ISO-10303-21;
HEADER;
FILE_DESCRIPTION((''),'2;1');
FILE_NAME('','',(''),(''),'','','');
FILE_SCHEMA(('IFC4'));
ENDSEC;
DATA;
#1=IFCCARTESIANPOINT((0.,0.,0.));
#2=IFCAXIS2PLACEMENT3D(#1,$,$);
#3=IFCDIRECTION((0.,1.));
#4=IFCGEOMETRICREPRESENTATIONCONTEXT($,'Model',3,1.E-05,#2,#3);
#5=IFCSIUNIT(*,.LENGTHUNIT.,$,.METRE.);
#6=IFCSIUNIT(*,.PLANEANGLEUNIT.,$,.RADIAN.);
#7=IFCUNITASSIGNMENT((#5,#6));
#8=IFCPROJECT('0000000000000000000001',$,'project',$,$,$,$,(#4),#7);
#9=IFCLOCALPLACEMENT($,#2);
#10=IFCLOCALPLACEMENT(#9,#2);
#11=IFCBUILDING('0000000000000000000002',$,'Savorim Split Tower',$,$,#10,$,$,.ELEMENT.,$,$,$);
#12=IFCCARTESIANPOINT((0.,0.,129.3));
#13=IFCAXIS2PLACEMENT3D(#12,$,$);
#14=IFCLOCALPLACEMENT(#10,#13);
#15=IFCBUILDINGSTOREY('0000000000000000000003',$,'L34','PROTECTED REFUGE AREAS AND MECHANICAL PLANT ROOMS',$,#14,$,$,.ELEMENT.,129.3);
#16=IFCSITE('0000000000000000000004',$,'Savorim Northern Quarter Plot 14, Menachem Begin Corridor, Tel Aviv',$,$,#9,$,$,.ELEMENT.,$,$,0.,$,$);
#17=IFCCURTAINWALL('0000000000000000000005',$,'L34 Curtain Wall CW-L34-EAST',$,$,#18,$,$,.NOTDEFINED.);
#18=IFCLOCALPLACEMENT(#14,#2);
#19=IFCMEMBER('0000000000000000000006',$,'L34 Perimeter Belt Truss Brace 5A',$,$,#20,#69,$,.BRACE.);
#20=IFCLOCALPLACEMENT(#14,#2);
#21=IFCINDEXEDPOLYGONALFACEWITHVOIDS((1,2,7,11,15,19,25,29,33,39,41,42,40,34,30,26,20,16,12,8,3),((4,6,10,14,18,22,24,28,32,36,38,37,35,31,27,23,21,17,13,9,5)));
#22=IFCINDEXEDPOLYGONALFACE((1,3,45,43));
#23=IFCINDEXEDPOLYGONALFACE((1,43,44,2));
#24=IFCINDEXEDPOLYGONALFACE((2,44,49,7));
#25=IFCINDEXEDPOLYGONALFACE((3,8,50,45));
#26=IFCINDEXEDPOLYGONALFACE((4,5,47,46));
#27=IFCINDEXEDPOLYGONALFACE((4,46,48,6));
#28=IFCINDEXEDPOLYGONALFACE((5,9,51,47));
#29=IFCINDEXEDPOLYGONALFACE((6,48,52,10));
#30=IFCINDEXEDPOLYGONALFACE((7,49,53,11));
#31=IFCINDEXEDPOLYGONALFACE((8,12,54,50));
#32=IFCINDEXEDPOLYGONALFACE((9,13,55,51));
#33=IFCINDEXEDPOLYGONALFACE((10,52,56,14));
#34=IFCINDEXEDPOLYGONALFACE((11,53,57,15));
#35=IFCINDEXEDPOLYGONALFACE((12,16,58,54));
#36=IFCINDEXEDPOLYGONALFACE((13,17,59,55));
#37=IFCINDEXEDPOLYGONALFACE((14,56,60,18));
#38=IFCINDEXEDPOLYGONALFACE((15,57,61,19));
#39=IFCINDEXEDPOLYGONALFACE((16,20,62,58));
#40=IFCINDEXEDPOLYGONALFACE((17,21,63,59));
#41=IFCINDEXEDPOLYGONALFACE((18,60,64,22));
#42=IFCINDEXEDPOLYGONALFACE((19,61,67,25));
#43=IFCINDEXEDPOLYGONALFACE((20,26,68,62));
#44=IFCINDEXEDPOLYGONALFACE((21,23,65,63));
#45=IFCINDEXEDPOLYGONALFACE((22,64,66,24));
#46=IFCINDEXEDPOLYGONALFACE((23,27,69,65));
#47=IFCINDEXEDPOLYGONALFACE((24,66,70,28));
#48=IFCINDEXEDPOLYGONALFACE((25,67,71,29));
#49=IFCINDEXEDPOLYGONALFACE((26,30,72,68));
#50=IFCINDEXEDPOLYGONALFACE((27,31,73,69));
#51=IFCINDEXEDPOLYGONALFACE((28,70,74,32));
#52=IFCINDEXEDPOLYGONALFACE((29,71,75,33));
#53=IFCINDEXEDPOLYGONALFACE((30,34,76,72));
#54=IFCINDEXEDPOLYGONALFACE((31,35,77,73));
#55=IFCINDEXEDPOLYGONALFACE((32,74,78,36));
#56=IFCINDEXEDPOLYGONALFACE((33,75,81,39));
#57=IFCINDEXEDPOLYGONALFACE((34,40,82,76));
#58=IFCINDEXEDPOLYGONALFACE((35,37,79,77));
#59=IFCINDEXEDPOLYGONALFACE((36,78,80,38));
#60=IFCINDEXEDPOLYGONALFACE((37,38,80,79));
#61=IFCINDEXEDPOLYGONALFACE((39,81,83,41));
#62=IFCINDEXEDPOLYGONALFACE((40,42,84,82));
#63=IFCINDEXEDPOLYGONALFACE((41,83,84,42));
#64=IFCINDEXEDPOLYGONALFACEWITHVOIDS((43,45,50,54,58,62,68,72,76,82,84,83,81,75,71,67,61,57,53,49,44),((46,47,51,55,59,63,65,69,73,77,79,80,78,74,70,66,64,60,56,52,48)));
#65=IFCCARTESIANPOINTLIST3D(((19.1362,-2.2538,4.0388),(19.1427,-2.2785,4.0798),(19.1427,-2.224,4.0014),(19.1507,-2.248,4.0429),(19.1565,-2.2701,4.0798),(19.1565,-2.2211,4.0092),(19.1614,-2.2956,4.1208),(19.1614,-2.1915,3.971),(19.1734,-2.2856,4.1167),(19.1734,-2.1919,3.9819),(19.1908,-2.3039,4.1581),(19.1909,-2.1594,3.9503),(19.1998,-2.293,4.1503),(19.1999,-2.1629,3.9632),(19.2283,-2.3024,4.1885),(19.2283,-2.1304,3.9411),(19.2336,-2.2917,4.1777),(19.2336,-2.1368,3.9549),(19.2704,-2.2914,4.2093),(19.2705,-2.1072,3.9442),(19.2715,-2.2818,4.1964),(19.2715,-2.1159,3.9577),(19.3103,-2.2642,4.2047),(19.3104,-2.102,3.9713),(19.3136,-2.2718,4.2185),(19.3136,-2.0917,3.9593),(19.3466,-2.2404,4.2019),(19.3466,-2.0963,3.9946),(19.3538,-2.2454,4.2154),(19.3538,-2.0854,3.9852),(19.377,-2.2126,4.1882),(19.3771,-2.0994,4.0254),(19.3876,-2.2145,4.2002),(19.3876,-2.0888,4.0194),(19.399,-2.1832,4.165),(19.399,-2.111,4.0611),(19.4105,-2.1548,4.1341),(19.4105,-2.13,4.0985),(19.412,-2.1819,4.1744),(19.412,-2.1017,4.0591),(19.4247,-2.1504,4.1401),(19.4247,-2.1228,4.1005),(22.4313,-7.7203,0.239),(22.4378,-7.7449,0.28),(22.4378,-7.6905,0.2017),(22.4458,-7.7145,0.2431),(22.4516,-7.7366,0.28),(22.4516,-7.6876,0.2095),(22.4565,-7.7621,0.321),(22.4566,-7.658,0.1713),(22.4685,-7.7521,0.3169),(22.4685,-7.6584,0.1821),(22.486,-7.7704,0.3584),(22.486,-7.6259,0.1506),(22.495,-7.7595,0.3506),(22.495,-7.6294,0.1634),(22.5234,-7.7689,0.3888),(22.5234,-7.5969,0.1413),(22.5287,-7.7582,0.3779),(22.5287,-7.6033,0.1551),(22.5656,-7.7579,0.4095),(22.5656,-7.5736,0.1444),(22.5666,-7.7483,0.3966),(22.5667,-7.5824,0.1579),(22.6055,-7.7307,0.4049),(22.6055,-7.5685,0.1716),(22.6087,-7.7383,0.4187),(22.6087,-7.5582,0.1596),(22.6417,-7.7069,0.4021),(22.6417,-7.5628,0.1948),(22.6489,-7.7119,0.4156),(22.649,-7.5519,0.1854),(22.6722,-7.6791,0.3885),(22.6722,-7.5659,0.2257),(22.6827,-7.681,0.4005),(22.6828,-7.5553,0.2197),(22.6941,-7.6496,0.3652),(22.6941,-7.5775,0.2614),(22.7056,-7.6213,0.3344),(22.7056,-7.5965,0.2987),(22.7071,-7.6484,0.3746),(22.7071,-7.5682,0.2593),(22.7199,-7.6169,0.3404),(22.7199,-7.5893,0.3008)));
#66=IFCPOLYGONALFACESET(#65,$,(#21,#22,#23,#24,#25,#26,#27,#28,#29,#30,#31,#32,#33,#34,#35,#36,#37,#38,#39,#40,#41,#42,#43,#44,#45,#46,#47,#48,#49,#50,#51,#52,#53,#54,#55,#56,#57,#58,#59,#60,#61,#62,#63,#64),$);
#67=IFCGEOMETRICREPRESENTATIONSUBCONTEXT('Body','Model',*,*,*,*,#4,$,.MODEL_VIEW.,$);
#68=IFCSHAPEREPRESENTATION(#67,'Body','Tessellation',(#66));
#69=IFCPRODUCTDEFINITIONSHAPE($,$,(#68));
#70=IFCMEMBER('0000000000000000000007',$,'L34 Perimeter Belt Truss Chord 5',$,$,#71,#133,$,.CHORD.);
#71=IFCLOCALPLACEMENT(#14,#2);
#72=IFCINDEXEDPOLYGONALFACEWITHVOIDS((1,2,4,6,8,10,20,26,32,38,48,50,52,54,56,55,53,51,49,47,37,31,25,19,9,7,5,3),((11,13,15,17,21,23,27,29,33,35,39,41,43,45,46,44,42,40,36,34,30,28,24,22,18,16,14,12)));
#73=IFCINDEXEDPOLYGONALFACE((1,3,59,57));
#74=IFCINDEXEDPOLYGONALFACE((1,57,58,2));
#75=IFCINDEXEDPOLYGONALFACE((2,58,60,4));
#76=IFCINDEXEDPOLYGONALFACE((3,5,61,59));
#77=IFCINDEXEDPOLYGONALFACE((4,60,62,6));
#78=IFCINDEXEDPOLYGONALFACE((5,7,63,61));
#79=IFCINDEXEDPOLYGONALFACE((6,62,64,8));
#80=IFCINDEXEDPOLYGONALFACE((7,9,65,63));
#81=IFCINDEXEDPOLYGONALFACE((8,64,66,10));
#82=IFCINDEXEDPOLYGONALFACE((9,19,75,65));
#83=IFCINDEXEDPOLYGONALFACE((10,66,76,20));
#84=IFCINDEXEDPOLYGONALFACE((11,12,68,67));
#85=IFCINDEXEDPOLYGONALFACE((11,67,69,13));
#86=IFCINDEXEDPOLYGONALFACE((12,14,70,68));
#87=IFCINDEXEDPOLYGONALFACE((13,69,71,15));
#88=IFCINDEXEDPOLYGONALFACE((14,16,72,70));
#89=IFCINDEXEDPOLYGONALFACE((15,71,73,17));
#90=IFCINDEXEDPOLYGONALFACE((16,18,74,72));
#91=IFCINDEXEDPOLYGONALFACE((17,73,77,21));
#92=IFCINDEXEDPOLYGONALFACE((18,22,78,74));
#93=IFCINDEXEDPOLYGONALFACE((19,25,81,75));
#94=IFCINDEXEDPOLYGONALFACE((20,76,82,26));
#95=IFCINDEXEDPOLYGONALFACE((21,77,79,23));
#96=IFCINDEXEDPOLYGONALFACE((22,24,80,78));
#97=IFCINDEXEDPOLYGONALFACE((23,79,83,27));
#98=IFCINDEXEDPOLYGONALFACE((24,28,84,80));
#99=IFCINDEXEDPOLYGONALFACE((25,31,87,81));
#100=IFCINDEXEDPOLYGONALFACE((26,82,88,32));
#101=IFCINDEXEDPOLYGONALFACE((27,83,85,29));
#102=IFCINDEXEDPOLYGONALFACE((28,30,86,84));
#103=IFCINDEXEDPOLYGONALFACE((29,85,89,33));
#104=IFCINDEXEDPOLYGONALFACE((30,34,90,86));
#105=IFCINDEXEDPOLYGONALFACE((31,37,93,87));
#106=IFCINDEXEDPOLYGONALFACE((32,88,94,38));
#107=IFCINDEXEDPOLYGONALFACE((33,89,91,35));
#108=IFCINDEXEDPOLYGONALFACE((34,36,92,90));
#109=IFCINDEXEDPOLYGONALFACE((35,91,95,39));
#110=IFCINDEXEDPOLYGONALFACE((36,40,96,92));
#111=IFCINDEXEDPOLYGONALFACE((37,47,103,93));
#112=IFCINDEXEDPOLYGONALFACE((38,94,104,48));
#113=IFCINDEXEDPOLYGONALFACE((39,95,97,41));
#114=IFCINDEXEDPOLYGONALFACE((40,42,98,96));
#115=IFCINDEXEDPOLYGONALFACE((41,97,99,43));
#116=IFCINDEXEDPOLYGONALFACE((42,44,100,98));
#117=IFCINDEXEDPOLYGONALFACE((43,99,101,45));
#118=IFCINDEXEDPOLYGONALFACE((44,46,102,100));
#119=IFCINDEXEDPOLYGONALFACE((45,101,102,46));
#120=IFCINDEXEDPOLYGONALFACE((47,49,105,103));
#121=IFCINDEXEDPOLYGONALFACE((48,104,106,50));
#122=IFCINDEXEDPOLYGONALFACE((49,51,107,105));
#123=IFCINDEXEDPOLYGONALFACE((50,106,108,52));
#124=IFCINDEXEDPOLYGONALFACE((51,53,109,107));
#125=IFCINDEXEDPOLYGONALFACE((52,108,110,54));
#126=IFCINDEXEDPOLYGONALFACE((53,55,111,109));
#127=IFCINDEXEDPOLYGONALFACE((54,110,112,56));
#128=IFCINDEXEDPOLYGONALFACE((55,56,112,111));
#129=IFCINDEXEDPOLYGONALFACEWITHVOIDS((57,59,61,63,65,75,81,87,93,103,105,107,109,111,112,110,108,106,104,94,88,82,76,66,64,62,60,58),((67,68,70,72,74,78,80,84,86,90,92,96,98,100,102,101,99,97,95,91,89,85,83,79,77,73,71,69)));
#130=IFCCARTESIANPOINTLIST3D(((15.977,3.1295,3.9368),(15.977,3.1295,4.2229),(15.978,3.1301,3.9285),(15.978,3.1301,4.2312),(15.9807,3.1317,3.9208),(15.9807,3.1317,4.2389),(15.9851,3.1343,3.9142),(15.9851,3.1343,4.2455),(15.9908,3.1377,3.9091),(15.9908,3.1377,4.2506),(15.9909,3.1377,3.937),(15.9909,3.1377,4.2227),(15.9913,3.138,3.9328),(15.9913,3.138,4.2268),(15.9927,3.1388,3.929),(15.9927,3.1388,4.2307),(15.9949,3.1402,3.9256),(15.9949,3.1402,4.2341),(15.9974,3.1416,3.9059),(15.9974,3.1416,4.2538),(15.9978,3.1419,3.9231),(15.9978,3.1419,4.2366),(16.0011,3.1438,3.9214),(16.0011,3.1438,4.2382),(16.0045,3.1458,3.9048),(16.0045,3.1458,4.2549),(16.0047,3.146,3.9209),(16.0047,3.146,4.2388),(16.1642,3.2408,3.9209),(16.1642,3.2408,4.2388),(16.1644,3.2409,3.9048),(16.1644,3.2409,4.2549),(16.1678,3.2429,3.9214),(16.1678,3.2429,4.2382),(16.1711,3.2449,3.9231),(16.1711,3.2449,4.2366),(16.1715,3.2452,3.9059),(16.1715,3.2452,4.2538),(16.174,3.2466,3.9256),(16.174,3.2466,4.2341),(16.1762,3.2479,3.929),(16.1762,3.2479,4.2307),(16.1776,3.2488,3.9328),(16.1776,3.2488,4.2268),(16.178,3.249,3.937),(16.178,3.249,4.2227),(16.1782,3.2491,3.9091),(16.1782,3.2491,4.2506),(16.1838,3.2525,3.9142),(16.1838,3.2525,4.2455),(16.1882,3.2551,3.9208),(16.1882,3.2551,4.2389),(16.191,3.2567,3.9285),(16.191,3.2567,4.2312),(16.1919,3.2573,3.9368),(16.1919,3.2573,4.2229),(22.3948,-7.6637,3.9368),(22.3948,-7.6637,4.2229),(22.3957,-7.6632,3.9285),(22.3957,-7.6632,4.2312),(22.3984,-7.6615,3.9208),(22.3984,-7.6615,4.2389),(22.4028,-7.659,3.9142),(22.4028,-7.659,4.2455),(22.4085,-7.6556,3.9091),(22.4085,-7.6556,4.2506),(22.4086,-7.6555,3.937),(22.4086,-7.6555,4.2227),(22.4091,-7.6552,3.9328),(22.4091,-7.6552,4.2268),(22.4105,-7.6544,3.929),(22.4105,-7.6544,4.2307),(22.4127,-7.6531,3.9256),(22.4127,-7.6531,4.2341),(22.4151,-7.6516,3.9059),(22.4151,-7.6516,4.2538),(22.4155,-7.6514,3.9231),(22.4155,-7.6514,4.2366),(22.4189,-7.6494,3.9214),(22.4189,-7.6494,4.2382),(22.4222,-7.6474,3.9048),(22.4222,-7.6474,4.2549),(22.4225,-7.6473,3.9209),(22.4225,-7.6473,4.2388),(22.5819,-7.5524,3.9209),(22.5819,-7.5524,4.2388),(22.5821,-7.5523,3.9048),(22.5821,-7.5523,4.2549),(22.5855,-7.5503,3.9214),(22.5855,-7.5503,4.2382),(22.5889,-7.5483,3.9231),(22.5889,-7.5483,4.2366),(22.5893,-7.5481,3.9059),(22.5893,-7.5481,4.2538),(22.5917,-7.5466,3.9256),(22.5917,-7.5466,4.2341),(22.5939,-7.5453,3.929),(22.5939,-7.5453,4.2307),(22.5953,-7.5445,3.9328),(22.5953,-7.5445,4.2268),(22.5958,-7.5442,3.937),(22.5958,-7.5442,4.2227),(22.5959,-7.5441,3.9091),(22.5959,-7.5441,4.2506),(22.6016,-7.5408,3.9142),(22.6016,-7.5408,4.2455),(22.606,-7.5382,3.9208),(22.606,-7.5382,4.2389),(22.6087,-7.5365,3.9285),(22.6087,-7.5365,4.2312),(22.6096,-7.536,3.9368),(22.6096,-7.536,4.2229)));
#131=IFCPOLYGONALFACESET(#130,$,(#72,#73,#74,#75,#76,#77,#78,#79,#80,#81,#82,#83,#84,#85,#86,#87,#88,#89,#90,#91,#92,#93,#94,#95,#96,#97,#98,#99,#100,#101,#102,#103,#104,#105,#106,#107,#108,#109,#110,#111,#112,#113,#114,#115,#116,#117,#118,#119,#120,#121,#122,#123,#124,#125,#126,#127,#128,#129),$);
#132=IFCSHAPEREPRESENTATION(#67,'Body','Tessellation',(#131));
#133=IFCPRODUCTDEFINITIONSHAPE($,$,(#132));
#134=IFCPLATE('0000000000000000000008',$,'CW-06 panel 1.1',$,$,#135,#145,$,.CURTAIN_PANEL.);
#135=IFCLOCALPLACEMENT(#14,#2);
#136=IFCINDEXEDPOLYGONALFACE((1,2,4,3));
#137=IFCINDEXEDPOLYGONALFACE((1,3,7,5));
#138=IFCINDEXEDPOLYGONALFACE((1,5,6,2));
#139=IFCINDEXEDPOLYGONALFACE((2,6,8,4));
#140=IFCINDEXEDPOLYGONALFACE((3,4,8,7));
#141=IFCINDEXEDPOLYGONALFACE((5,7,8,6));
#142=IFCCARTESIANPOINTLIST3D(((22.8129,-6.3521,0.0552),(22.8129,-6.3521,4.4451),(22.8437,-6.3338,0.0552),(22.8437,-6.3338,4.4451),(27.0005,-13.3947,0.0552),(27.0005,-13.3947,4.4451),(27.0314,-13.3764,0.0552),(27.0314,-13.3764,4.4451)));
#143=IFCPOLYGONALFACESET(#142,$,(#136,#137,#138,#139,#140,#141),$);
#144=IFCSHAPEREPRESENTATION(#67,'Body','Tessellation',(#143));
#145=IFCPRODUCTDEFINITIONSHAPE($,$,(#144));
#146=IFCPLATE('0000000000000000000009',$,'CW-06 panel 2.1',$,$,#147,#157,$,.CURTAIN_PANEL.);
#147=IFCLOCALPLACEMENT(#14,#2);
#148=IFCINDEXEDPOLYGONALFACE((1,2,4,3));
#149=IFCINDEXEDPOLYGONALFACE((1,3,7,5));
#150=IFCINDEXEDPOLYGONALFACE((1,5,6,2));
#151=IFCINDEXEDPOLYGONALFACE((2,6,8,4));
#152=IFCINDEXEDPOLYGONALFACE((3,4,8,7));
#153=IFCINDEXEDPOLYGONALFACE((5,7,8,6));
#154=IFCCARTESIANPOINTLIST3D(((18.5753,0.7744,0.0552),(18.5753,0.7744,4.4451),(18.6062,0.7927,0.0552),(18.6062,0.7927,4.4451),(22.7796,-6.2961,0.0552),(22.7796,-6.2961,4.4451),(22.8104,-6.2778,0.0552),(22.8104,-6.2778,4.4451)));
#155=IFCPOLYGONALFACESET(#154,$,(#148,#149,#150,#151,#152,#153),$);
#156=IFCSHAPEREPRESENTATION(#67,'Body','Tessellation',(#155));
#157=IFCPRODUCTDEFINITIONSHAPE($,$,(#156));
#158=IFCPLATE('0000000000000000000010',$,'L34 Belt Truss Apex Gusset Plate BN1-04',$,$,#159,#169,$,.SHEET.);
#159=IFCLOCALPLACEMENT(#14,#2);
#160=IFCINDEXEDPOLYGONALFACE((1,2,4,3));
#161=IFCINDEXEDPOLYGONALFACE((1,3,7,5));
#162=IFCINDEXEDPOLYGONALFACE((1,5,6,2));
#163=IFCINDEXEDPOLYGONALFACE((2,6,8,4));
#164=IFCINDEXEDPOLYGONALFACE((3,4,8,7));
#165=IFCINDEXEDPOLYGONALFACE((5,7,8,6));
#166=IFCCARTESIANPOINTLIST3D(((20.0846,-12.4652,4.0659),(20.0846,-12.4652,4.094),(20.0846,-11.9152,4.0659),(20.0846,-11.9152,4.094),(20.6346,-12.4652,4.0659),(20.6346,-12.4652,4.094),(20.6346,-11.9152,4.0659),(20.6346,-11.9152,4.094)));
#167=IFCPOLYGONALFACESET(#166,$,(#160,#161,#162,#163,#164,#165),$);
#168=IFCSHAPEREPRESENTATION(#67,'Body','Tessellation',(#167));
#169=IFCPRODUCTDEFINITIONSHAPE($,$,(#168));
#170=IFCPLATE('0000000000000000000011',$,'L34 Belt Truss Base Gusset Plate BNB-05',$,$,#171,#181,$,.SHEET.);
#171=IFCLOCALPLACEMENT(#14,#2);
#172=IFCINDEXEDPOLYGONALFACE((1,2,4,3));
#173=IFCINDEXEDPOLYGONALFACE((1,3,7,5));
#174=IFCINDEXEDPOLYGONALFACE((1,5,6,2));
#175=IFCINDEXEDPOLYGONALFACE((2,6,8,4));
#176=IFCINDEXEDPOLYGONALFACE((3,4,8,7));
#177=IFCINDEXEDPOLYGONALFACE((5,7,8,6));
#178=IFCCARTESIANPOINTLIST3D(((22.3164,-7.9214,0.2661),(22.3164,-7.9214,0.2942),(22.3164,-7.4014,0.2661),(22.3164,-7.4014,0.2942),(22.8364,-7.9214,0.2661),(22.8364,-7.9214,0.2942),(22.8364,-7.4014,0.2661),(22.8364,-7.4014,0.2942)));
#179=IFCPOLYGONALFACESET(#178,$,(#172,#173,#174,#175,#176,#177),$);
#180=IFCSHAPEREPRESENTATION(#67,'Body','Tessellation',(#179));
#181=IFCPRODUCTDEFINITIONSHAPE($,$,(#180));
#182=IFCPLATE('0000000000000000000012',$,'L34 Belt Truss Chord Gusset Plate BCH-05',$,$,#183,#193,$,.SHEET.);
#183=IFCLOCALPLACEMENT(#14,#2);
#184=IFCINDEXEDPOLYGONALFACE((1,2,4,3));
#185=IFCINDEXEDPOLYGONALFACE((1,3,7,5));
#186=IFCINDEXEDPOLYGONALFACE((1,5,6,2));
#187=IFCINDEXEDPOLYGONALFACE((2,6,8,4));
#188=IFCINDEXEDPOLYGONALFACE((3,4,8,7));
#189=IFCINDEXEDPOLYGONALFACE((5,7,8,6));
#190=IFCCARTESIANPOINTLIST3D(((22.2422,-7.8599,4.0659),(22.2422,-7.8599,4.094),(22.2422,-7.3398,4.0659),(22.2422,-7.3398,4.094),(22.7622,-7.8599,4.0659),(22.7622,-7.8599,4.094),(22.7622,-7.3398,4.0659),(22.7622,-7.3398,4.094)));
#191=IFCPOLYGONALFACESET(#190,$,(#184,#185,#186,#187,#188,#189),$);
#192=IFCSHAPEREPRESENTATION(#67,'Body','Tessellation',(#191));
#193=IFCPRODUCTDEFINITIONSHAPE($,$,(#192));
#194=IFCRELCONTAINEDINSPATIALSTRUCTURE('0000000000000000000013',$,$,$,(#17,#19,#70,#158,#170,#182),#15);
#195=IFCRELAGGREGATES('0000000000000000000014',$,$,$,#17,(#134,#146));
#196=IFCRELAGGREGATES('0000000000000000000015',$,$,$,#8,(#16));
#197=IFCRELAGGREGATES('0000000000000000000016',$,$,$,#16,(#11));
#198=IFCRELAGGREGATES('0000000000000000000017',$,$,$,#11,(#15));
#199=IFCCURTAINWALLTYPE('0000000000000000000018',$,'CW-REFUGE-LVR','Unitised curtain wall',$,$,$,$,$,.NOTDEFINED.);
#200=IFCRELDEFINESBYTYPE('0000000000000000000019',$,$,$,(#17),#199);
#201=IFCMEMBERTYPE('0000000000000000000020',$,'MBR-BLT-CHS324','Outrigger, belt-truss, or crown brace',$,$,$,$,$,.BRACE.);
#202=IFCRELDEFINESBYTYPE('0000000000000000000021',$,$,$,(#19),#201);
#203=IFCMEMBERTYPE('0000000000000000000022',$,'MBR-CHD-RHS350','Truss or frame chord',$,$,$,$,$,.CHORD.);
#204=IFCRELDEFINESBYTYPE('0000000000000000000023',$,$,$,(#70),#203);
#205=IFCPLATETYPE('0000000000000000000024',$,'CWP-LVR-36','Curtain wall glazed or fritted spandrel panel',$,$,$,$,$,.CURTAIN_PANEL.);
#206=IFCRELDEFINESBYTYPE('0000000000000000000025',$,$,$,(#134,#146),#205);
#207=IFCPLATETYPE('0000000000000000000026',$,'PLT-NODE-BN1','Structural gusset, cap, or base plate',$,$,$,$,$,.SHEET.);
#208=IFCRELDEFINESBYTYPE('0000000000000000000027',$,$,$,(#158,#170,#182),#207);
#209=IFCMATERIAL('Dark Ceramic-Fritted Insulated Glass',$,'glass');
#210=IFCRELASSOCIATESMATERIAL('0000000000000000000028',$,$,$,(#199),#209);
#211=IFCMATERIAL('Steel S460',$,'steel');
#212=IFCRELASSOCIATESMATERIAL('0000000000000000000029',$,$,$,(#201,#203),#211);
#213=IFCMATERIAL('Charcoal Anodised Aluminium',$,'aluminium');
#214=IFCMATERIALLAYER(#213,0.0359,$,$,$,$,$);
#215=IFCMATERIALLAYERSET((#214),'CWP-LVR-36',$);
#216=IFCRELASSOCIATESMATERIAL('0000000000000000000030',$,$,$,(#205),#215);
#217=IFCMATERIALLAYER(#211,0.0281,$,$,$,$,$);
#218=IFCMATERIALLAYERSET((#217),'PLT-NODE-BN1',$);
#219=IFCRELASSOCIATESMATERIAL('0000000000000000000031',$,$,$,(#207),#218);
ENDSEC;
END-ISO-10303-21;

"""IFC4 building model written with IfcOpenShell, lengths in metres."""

from ifc_helpers import new_model, si_unit, direction, frame, origin, origin_2d, place, context, subcontext, project, spatial, rectangle, hollow_rectangle, hollow_circle, extrude, material, layer, layer_set, material_profile, profile_set, type_object, element, aggregate, save


model = new_model("IFC4")

# Units and contexts
model_context = context("Model", 3, precision=1e-05, world=origin(), true_north=direction((0.0, 1.0)))
body_context = subcontext(model_context, "Body", "Model", "MODEL_VIEW")
ifc_project = project(units=[si_unit("LENGTHUNIT", "METRE"), si_unit("PLANEANGLEUNIT", "RADIAN")], contexts=[model_context])

# Site, building, storey
site_placement = place(None, origin())
site = spatial("IfcSite", under=ifc_project, at=site_placement, Name="Savorim Northern Quarter Plot 14, Menachem Begin Corridor, Tel Aviv", CompositionType="ELEMENT", RefElevation=0.0)
building_placement = place(site_placement, origin())
building = spatial("IfcBuilding", under=site, at=building_placement, Name="Savorim Split Tower", CompositionType="ELEMENT")
storey_placement = place(building_placement, frame((0.0, 0.0, 129.3)))
storey = spatial("IfcBuildingStorey", under=building, at=storey_placement, Name="L34", Description="PROTECTED REFUGE AREAS AND MECHANICAL PLANT ROOMS", CompositionType="ELEMENT", Elevation=129.3)

# Shared definitions
ifc_material_1 = material(Name="Steel S460", Category="steel")

# Curtain wall
ifc_material_2 = material(Name="Dark Ceramic-Fritted Insulated Glass", Category="glass")
curtain_wall_type = type_object("IfcCurtainWallType", Name="CW-REFUGE-LVR", Description="Unitised curtain wall", PredefinedType="NOTDEFINED", material=ifc_material_2)
curtain_wall_placement = place(storey_placement, origin())
curtain_wall = element("IfcCurtainWall", 1, at=curtain_wall_placement, inside=storey, type_object=curtain_wall_type, Name="L34 Curtain Wall CW-L34-EAST", PredefinedType="NOTDEFINED")
ifc_material_3 = material(Name="Charcoal Anodised Aluminium", Category="aluminium")

# Members
ifc_material_profile_1 = material_profile(ifc_material_1, hollow_circle(Radius=0.1619, WallThickness=0.0161, at=origin_2d()), Name="CHS 323.9x16")
ifc_profile_set_1 = profile_set([ifc_material_profile_1], Name="Steel S460")
member_type_1 = type_object("IfcMemberType", Name="MBR-BLT-CHS324", Description="Outrigger, belt-truss, or crown brace", PredefinedType="BRACE", material=ifc_profile_set_1)
member_1_placement = place(storey_placement, frame((22.5764, -7.6614, 0.28), z_axis=(-0.443595, 0.735908, 0.51153), x_axis=(-0.856438, -0.51625, 0.0)))
element("IfcMember", 2, at=member_1_placement, inside=storey, type_object=member_type_1, Name="L34 Perimeter Belt Truss Brace 5A", PredefinedType="BRACE", context=body_context, shape_type="SweptSolid", body=[
    extrude(hollow_circle(Radius=0.1619, WallThickness=0.0161, at=origin_2d()), origin(), (0.0, 0.0, 1.0), 7.4282),
])
ifc_material_profile_2 = material_profile(ifc_material_1, hollow_rectangle(XDim=0.25, YDim=0.3501, WallThickness=0.0161, InnerFilletRadius=0.0161, OuterFilletRadius=0.032, at=origin_2d()), Name="RHS 350x250x16")
ifc_profile_set_2 = profile_set([ifc_material_profile_2], Name="Steel S460")
member_type_2 = type_object("IfcMemberType", Name="MBR-CHD-RHS350", Description="Truss or frame chord", PredefinedType="CHORD", material=ifc_profile_set_2)
member_2_placement = place(storey_placement, frame((22.5022, -7.5999, 4.0798), z_axis=(-0.511084, 0.859531, 0.0), x_axis=(-0.859531, -0.511084, 0.0)))
element("IfcMember", 3, at=member_2_placement, inside=storey, type_object=member_type_2, Name="L34 Perimeter Belt Truss Chord 5", PredefinedType="CHORD", context=body_context, shape_type="SweptSolid", body=[
    extrude(hollow_rectangle(XDim=0.25, YDim=0.3501, WallThickness=0.0161, InnerFilletRadius=0.0161, OuterFilletRadius=0.032, at=origin_2d()), origin(), (0.0, 0.0, 1.0), 12.5571),
])

# Plates
ifc_layer_1 = layer(ifc_material_3, 0.0359)
ifc_layer_set_1 = layer_set([ifc_layer_1], Name="CWP-LVR-36")
plate_type_1 = type_object("IfcPlateType", Name="CWP-LVR-36", Description="Curtain wall glazed or fritted spandrel panel", PredefinedType="CURTAIN_PANEL", material=ifc_layer_set_1)
plate_1_placement = place(storey_placement, frame((24.9221, -9.8643, 0.0552), z_axis=(0.0, 0.0, 1.0), x_axis=(-0.511091, 0.859527, 0.0)))
plate_1 = element("IfcPlate", 4, at=plate_1_placement, type_object=plate_type_1, Name="CW-06 panel 1.1", PredefinedType="CURTAIN_PANEL", context=body_context, shape_type="SweptSolid", body=[
    extrude(rectangle(XDim=8.1936, YDim=0.0359, at=origin_2d()), origin(), (0.0, 0.0, 1.0), 4.3899),
])
plate_2_placement = place(storey_placement, frame((20.6929, -2.7517, 0.0552), z_axis=(0.0, 0.0, 1.0), x_axis=(-0.511091, 0.859527, 0.0)))
plate_2 = element("IfcPlate", 5, at=plate_2_placement, type_object=plate_type_1, Name="CW-06 panel 2.1", PredefinedType="CURTAIN_PANEL", context=body_context, shape_type="SweptSolid", body=[
    extrude(rectangle(XDim=8.2261, YDim=0.0359, at=origin_2d()), origin(), (0.0, 0.0, 1.0), 4.3899),
])
aggregate(curtain_wall, [plate_1, plate_2])

# Plates
ifc_layer_2 = layer(ifc_material_1, 0.0281)
ifc_layer_set_2 = layer_set([ifc_layer_2], Name="PLT-NODE-BN1")
plate_type_2 = type_object("IfcPlateType", Name="PLT-NODE-BN1", Description="Structural gusset, cap, or base plate", PredefinedType="SHEET", material=ifc_layer_set_2)
plate_3_placement = place(storey_placement, frame((20.3596, -12.1902, 4.0659), z_axis=(0.0, 0.0, 1.0), x_axis=(1.0, 0.0, 0.0)))
element("IfcPlate", 6, at=plate_3_placement, inside=storey, type_object=plate_type_2, Name="L34 Belt Truss Apex Gusset Plate BN1-04", PredefinedType="SHEET", context=body_context, shape_type="SweptSolid", body=[
    extrude(rectangle(XDim=0.55, YDim=0.55, at=origin_2d()), origin(), (0.0, 0.0, 1.0), 0.0281),
])
for number, where, z_axis, x_axis, name in (
    (7, (22.5764, -7.6614, 0.2661), (0.0, 0.0, 1.0), (1.0, 0.0, 0.0), "L34 Belt Truss Base Gusset Plate BNB-05"),
    (8, (22.5022, -7.5999, 4.0659), (0.0, 0.0, 1.0), (1.0, 0.0, 0.0), "L34 Belt Truss Chord Gusset Plate BCH-05"),
):
    element("IfcPlate", number, at=place(storey_placement, frame(where, z_axis=z_axis, x_axis=x_axis)), inside=storey, type_object=plate_type_2, Name=name, PredefinedType="SHEET", context=body_context, shape_type="SweptSolid", body=[
        extrude(rectangle(XDim=0.52, YDim=0.52, at=origin_2d()), origin(), (0.0, 0.0, 1.0), 0.0281),
    ])

save(model, "model.ifc")
